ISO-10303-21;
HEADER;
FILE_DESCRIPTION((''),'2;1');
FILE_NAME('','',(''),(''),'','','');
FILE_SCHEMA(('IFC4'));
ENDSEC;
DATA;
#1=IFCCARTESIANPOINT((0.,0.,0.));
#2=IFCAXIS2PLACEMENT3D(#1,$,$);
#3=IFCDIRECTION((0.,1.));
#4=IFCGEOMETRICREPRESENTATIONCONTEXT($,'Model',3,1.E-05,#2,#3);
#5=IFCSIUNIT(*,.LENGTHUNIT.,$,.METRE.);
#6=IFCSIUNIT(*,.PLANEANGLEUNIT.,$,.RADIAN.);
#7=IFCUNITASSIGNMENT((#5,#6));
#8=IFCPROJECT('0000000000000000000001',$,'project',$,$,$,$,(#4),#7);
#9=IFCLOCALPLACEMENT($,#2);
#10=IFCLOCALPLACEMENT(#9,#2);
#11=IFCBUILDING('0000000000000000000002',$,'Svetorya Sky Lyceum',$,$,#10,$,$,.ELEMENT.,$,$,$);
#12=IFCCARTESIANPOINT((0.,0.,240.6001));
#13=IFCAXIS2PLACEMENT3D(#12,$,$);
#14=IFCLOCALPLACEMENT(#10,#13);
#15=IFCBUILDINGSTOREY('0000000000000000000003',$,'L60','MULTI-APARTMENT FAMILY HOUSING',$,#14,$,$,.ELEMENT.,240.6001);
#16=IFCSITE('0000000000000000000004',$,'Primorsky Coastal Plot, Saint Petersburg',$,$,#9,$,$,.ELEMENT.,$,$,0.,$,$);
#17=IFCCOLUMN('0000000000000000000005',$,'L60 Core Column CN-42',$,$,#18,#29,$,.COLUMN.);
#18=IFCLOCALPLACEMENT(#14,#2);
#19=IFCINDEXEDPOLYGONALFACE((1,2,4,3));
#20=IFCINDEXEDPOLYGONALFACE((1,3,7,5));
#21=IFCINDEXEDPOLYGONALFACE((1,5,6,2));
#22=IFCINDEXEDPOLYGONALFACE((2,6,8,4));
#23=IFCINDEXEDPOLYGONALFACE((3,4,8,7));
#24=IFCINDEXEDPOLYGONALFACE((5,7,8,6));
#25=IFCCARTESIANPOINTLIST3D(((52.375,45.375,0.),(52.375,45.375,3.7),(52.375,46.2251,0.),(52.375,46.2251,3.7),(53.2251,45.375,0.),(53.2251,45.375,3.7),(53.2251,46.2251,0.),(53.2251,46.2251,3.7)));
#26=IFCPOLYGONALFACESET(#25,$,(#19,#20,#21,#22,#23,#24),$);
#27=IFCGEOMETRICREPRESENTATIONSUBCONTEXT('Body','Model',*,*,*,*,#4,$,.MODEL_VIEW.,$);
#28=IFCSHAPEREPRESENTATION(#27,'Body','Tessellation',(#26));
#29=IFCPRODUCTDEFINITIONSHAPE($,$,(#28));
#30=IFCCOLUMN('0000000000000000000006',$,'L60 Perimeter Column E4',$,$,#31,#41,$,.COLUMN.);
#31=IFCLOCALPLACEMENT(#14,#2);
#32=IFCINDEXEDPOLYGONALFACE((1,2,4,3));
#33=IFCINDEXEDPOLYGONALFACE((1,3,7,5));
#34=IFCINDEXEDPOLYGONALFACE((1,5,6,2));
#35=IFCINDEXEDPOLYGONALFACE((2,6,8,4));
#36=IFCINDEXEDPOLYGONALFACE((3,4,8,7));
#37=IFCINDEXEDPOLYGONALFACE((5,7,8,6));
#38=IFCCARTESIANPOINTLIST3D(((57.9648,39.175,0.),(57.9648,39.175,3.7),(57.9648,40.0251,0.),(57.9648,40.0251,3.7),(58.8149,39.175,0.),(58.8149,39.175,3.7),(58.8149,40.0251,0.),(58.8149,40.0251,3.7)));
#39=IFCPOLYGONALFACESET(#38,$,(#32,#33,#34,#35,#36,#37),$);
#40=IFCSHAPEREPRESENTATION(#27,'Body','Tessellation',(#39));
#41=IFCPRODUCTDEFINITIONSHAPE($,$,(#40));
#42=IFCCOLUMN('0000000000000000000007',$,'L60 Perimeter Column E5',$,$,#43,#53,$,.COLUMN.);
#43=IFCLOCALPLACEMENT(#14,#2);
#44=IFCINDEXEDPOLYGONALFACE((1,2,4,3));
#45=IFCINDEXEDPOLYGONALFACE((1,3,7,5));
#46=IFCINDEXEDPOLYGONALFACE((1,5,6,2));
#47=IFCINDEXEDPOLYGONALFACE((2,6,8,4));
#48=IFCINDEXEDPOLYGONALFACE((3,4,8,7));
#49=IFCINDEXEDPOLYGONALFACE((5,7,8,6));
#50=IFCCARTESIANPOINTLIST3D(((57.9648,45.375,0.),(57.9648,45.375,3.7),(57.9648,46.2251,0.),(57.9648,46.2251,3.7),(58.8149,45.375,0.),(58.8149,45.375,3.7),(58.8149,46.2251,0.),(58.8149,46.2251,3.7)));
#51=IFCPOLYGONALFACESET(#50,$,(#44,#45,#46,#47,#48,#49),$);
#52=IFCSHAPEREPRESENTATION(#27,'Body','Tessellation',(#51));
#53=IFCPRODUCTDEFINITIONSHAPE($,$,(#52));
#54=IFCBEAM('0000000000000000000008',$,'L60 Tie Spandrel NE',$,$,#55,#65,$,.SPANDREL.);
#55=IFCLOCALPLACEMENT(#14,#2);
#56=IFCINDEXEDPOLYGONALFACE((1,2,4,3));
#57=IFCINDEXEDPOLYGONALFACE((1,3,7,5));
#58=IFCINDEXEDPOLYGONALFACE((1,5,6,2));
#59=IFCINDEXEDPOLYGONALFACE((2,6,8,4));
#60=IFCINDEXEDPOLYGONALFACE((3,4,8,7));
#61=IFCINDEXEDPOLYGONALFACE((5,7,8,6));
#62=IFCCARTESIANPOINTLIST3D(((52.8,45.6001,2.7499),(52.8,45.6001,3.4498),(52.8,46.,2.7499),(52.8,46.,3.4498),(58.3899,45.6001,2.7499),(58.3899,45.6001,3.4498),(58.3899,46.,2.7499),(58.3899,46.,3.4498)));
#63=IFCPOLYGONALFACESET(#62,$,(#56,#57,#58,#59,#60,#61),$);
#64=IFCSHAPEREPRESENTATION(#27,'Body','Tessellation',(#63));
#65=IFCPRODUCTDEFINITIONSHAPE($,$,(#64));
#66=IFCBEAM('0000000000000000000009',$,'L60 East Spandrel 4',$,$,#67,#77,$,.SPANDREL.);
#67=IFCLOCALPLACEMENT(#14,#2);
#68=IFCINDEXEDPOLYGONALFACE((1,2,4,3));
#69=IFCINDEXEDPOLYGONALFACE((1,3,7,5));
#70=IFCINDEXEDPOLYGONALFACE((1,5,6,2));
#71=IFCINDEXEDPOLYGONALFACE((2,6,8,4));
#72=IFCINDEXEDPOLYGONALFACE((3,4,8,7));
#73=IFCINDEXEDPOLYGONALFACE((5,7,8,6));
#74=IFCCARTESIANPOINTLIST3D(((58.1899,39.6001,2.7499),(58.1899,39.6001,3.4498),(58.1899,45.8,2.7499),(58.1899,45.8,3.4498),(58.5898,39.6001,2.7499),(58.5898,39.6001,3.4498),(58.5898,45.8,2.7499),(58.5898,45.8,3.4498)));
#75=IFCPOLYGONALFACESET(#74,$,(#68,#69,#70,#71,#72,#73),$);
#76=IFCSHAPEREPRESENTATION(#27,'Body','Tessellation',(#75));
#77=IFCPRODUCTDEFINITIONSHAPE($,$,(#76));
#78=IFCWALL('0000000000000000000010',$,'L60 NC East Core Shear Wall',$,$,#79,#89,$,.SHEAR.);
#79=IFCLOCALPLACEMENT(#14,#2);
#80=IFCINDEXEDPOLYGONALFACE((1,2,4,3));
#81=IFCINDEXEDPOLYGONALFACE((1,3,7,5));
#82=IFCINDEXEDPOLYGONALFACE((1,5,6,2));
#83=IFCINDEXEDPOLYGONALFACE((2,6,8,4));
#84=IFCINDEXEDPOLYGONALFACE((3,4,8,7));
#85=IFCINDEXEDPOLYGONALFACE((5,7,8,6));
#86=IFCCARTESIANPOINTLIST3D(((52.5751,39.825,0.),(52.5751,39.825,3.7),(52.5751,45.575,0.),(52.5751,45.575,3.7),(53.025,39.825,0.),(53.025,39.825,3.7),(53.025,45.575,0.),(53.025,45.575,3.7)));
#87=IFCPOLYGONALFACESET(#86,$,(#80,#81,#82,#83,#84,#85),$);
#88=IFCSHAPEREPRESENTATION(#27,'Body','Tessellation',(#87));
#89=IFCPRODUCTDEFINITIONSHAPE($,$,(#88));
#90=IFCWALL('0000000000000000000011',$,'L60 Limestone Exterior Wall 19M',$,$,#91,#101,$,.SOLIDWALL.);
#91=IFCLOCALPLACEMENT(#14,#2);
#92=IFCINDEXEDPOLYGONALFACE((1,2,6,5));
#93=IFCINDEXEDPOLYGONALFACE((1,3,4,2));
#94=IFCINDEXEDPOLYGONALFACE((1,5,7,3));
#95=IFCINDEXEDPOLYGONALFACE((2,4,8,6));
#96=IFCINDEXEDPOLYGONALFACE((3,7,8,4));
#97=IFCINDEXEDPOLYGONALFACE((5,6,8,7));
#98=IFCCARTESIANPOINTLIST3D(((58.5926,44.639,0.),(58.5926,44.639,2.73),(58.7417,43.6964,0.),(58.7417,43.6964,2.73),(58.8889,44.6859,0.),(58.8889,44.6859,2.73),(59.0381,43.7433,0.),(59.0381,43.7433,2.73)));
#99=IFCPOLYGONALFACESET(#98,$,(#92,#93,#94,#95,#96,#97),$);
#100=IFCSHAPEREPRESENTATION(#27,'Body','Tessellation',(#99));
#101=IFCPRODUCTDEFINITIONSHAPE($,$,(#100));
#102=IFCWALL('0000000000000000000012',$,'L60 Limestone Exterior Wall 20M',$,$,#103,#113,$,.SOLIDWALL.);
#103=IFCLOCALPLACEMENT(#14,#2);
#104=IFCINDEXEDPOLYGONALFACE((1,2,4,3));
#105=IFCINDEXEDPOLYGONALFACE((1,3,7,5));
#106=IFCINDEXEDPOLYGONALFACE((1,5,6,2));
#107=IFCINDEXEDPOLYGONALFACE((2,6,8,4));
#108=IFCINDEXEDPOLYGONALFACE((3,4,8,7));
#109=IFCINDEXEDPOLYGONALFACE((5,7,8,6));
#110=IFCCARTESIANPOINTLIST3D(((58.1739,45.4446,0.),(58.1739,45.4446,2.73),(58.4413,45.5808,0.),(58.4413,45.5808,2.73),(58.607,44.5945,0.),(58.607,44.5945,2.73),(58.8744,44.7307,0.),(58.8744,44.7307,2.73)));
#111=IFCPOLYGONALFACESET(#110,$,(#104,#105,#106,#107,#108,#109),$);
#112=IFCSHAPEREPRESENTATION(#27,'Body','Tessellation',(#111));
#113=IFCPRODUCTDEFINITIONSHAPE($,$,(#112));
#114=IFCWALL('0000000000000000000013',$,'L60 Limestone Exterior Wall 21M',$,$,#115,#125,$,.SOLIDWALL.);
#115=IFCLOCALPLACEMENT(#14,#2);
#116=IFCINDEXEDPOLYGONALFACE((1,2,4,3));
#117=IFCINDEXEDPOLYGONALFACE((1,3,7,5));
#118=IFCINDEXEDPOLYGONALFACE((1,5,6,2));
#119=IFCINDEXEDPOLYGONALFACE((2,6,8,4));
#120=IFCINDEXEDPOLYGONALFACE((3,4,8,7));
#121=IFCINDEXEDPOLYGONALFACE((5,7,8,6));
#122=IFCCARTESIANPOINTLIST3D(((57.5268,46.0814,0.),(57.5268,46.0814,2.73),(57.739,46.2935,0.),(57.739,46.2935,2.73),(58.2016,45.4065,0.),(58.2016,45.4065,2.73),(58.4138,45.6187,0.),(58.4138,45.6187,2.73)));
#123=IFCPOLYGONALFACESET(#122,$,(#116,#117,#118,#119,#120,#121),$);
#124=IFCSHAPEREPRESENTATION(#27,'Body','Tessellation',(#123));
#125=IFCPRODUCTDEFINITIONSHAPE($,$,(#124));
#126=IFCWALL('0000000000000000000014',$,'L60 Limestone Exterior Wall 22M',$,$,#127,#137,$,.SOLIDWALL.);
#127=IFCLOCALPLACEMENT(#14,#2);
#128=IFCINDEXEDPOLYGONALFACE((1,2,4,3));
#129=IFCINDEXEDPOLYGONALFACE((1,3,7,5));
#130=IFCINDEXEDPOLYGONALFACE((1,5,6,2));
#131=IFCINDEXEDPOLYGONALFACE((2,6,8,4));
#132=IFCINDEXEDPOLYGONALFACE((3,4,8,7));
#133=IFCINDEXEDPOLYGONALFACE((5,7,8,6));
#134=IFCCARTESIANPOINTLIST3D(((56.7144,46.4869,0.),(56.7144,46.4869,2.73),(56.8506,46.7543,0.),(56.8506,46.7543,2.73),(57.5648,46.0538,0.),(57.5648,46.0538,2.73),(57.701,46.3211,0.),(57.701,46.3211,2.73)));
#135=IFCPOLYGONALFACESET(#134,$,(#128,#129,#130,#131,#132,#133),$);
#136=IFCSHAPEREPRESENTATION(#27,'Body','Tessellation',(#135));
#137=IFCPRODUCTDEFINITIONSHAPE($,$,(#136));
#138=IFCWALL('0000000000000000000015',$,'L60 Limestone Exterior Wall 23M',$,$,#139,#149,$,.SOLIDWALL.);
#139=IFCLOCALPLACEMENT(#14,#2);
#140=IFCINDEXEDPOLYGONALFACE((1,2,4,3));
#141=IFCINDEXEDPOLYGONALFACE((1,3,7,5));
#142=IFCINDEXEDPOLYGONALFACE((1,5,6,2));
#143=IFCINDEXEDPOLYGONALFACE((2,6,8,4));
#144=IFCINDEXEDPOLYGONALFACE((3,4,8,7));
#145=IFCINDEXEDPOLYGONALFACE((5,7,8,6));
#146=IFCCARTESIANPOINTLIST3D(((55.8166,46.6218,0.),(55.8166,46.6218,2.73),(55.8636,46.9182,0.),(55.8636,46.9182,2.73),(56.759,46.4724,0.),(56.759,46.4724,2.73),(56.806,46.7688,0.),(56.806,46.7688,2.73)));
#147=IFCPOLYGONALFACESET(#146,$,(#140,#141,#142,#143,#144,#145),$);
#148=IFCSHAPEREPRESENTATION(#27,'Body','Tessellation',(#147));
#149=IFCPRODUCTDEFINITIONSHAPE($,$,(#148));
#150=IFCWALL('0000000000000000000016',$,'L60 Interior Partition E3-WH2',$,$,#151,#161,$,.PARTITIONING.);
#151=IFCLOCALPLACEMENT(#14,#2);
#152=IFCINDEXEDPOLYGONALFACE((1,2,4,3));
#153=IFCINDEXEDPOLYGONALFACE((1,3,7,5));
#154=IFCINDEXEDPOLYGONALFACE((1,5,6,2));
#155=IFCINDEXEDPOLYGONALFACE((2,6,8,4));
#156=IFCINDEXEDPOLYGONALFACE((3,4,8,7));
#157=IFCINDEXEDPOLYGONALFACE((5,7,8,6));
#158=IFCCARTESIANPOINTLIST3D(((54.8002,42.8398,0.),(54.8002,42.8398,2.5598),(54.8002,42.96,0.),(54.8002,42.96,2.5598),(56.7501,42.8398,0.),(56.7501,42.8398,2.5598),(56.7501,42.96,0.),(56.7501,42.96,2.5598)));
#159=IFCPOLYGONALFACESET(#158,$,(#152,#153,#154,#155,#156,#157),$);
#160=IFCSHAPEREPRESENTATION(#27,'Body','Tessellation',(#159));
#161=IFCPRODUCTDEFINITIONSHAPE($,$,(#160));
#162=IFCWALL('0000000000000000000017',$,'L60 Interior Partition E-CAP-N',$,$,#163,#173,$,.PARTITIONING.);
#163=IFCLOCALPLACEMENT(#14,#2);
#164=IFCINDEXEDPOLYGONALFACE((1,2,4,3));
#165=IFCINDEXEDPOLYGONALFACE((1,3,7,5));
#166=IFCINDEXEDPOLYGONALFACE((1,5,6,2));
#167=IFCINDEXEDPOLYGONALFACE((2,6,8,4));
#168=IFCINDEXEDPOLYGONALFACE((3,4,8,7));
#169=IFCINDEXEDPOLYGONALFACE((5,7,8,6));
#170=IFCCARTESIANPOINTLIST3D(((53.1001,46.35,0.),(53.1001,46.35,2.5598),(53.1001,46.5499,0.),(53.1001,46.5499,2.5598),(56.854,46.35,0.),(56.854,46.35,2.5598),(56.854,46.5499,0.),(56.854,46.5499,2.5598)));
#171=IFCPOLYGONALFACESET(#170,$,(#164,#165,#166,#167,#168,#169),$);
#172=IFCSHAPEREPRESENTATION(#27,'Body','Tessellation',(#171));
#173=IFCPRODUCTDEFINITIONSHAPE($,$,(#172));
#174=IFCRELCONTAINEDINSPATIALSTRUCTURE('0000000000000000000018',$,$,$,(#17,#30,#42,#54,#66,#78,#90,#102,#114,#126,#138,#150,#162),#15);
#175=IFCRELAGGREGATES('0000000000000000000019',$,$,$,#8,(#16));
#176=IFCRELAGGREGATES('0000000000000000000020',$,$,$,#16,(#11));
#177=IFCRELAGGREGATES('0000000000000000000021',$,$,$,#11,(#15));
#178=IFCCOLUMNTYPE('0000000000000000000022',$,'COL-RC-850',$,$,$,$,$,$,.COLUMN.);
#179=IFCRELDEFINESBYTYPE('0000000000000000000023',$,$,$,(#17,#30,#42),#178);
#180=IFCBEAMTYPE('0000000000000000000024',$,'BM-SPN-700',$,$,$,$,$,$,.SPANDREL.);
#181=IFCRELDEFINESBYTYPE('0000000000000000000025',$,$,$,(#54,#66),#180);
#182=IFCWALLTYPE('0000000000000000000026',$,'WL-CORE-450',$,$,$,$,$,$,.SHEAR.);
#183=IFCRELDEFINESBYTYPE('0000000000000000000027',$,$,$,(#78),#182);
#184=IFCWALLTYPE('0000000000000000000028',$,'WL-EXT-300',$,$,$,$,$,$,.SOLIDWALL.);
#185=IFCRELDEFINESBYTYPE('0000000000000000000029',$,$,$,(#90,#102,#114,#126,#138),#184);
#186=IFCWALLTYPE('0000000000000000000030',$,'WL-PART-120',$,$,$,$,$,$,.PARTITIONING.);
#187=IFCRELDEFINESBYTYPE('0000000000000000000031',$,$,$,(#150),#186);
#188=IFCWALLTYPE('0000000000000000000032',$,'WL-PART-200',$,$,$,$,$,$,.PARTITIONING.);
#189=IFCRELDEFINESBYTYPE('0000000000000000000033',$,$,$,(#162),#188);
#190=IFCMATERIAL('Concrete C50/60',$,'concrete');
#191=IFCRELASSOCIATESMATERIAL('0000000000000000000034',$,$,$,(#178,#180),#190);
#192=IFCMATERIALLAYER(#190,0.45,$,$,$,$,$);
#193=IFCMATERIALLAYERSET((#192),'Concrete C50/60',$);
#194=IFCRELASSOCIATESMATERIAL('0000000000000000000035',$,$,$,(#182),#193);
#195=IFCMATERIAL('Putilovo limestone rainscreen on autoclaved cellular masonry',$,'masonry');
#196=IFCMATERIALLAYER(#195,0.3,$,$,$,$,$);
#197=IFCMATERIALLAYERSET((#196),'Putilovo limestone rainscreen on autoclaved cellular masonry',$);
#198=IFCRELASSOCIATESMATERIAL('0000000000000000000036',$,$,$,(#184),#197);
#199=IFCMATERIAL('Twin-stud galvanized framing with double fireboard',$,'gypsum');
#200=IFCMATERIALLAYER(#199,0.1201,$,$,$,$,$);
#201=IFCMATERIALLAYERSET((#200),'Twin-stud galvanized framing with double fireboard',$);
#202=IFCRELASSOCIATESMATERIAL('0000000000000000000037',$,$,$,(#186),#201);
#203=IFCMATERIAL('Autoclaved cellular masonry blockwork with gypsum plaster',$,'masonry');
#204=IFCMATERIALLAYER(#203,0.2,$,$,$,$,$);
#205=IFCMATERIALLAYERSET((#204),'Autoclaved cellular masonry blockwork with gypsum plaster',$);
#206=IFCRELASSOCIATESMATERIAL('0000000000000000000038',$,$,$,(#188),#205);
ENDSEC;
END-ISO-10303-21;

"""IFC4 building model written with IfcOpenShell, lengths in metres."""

from ifc_helpers import new_model, si_unit, direction, frame, frame_2d, origin, origin_2d, place, context, subcontext, project, spatial, rectangle, extrude, material, layer, layer_set, material_profile, profile_set, type_object, element, save


model = new_model("IFC4")

# Units and contexts
model_context = context("Model", 3, precision=1e-05, world=origin(), true_north=direction((0.0, 1.0)))
body_context = subcontext(model_context, "Body", "Model", "MODEL_VIEW")
ifc_project = project(units=[si_unit("LENGTHUNIT", "METRE"), si_unit("PLANEANGLEUNIT", "RADIAN")], contexts=[model_context])

# Site, building, storey
site_placement = place(None, origin())
site = spatial("IfcSite", under=ifc_project, at=site_placement, Name="Primorsky Coastal Plot, Saint Petersburg", CompositionType="ELEMENT", RefElevation=0.0)
building_placement = place(site_placement, origin())
building = spatial("IfcBuilding", under=site, at=building_placement, Name="Svetorya Sky Lyceum", CompositionType="ELEMENT")
storey_placement = place(building_placement, frame((0.0, 0.0, 240.6001)))
storey = spatial("IfcBuildingStorey", under=building, at=storey_placement, Name="L60", Description="MULTI-APARTMENT FAMILY HOUSING", CompositionType="ELEMENT", Elevation=240.6001)

# Columns
ifc_material_1 = material(Name="Concrete C50/60", Category="concrete")
ifc_material_profile_1 = material_profile(ifc_material_1, rectangle(XDim=0.8501, YDim=0.8501, at=origin_2d()), Name="RC COL 850x850")
ifc_profile_set_1 = profile_set([ifc_material_profile_1], Name="Concrete C50/60")
column_type = type_object("IfcColumnType", Name="COL-RC-850", PredefinedType="COLUMN", material=ifc_profile_set_1)
for number, where, z_axis, x_axis, name in (
    (1, (52.8, 45.8, 0.0), (0.0, 0.0, 1.0), (1.0, 0.0, 0.0), "L60 Core Column CN-42"),
    (2, (58.3899, 39.6001, 0.0), (0.0, 0.0, 1.0), (1.0, 0.0, 0.0), "L60 Perimeter Column E4"),
    (3, (58.3899, 45.8, 0.0), (0.0, 0.0, 1.0), (1.0, 0.0, 0.0), "L60 Perimeter Column E5"),
):
    element("IfcColumn", number, at=place(storey_placement, frame(where, z_axis=z_axis, x_axis=x_axis)), inside=storey, type_object=column_type, Name=name, PredefinedType="COLUMN", context=body_context, shape_type="SweptSolid", body=[
        extrude(rectangle(XDim=0.8501, YDim=0.8501, at=origin_2d()), origin(), (0.0, 0.0, 1.0), 3.7),
    ])

# Beams
ifc_material_profile_2 = material_profile(ifc_material_1, rectangle(XDim=0.3999, YDim=0.7, at=origin_2d()), Name="RC SPANDREL 400x700")
ifc_profile_set_2 = profile_set([ifc_material_profile_2], Name="Concrete C50/60")
beam_type = type_object("IfcBeamType", Name="BM-SPN-700", PredefinedType="SPANDREL", material=ifc_profile_set_2)
beam_1_placement = place(storey_placement, frame((52.8, 45.8, 3.0999), z_axis=(1.0, 0.0, 0.0), x_axis=(0.0, 1.0, 0.0)))
element("IfcBeam", 4, at=beam_1_placement, inside=storey, type_object=beam_type, Name="L60 Tie Spandrel NE", PredefinedType="SPANDREL", context=body_context, shape_type="SweptSolid", body=[
    extrude(rectangle(XDim=0.3999, YDim=0.7, at=origin_2d()), origin(), (0.0, 0.0, 1.0), 5.5898),
])
beam_2_placement = place(storey_placement, frame((58.3899, 39.6001, 3.0999), z_axis=(0.0, 1.0, 0.0), x_axis=(-1.0, 0.0, 0.0)))
element("IfcBeam", 5, at=beam_2_placement, inside=storey, type_object=beam_type, Name="L60 East Spandrel 4", PredefinedType="SPANDREL", context=body_context, shape_type="SweptSolid", body=[
    extrude(rectangle(XDim=0.3999, YDim=0.7, at=origin_2d()), origin(), (0.0, 0.0, 1.0), 6.2),
])

# Walls
ifc_layer_1 = layer(ifc_material_1, 0.45)
ifc_layer_set_1 = layer_set([ifc_layer_1], Name="Concrete C50/60")
wall_type_1 = type_object("IfcWallType", Name="WL-CORE-450", PredefinedType="SHEAR", material=ifc_layer_set_1)
wall_1_placement = place(storey_placement, frame((52.8, 39.825, 0.0), z_axis=(0.0, 0.0, 1.0), x_axis=(0.0, 1.0, 0.0)))
element("IfcWall", 6, at=wall_1_placement, inside=storey, type_object=wall_type_1, Name="L60 NC East Core Shear Wall", PredefinedType="SHEAR", context=body_context, shape_type="SweptSolid", body=[
    extrude(rectangle(XDim=5.75, YDim=0.45, at=frame_2d((2.875, 0.0))), origin(), (0.0, 0.0, 1.0), 3.7),
])
ifc_material_2 = material(Name="Putilovo limestone rainscreen on autoclaved cellular masonry", Category="masonry")
ifc_layer_2 = layer(ifc_material_2, 0.3)
ifc_layer_set_2 = layer_set([ifc_layer_2], Name="Putilovo limestone rainscreen on autoclaved cellular masonry")
wall_type_2 = type_object("IfcWallType", Name="WL-EXT-300", PredefinedType="SOLIDWALL", material=ifc_layer_set_2)
wall_2_placement = place(storey_placement, frame((58.8899, 43.72, 0.0), z_axis=(0.0, 0.0, 1.0), x_axis=(-0.156304, 0.987709, 0.0)))
element("IfcWall", 7, at=wall_2_placement, inside=storey, type_object=wall_type_2, Name="L60 Limestone Exterior Wall 19M", PredefinedType="SOLIDWALL", context=body_context, shape_type="SweptSolid", body=[
    extrude(rectangle(XDim=0.9543, YDim=0.3, at=frame_2d((0.4771, 0.0))), origin(), (0.0, 0.0, 1.0), 2.73),
])
wall_3_placement = place(storey_placement, frame((58.7407, 44.6626, 0.0), z_axis=(0.0, 0.0, 1.0), x_axis=(-0.453956, 0.891024, 0.0)))
element("IfcWall", 8, at=wall_3_placement, inside=storey, type_object=wall_type_2, Name="L60 Limestone Exterior Wall 20M", PredefinedType="SOLIDWALL", context=body_context, shape_type="SweptSolid", body=[
    extrude(rectangle(XDim=0.9541, YDim=0.3, at=frame_2d((0.4771, 0.0))), origin(), (0.0, 0.0, 1.0), 2.73),
])
for number, where, z_axis, x_axis, name in (
    (9, (58.3076, 45.5127, 0.0), (0.0, 0.0, 1.0), (-0.707107, 0.707107, 0.0), "L60 Limestone Exterior Wall 21M"),
    (10, (57.6328, 46.1875, 0.0), (0.0, 0.0, 1.0), (-0.891077, 0.453853, 0.0), "L60 Limestone Exterior Wall 22M"),
):
    element("IfcWall", number, at=place(storey_placement, frame(where, z_axis=z_axis, x_axis=x_axis)), inside=storey, type_object=wall_type_2, Name=name, PredefinedType="SOLIDWALL", context=body_context, shape_type="SweptSolid", body=[
        extrude(rectangle(XDim=0.9543, YDim=0.3, at=frame_2d((0.4771, 0.0))), origin(), (0.0, 0.0, 1.0), 2.73),
    ])
wall_4_placement = place(storey_placement, frame((56.7825, 46.6206, 0.0), z_axis=(0.0, 0.0, 1.0), x_axis=(-0.987663, 0.156593, 0.0)))
element("IfcWall", 11, at=wall_4_placement, inside=storey, type_object=wall_type_2, Name="L60 Limestone Exterior Wall 23M", PredefinedType="SOLIDWALL", context=body_context, shape_type="SweptSolid", body=[
    extrude(rectangle(XDim=0.9541, YDim=0.3, at=frame_2d((0.4771, 0.0))), origin(), (0.0, 0.0, 1.0), 2.73),
])

# Walls
ifc_material_3 = material(Name="Twin-stud galvanized framing with double fireboard", Category="gypsum")
ifc_layer_3 = layer(ifc_material_3, 0.1201)
ifc_layer_set_3 = layer_set([ifc_layer_3], Name="Twin-stud galvanized framing with double fireboard")
wall_type_3 = type_object("IfcWallType", Name="WL-PART-120", PredefinedType="PARTITIONING", material=ifc_layer_set_3)
wall_5_placement = place(storey_placement, frame((54.8, 42.8999, 0.0), z_axis=(0.0, 0.0, 1.0), x_axis=(1.0, 0.0, 0.0)))
element("IfcWall", 12, at=wall_5_placement, inside=storey, type_object=wall_type_3, Name="L60 Interior Partition E3-WH2", PredefinedType="PARTITIONING", context=body_context, shape_type="SweptSolid", body=[
    extrude(rectangle(XDim=1.95, YDim=0.1201, at=frame_2d((0.9751, 0.0))), origin(), (0.0, 0.0, 1.0), 2.5598),
])
ifc_material_4 = material(Name="Autoclaved cellular masonry blockwork with gypsum plaster", Category="masonry")
ifc_layer_4 = layer(ifc_material_4, 0.2)
ifc_layer_set_4 = layer_set([ifc_layer_4], Name="Autoclaved cellular masonry blockwork with gypsum plaster")
wall_type_4 = type_object("IfcWallType", Name="WL-PART-200", PredefinedType="PARTITIONING", material=ifc_layer_set_4)
wall_6_placement = place(storey_placement, frame((53.1001, 46.45, 0.0), z_axis=(0.0, 0.0, 1.0), x_axis=(1.0, 0.0, 0.0)))
element("IfcWall", 13, at=wall_6_placement, inside=storey, type_object=wall_type_4, Name="L60 Interior Partition E-CAP-N", PredefinedType="PARTITIONING", context=body_context, shape_type="SweptSolid", body=[
    extrude(rectangle(XDim=3.7539, YDim=0.2, at=frame_2d((1.877, 0.0))), origin(), (0.0, 0.0, 1.0), 2.5598),
])

save(model, "model.ifc")
